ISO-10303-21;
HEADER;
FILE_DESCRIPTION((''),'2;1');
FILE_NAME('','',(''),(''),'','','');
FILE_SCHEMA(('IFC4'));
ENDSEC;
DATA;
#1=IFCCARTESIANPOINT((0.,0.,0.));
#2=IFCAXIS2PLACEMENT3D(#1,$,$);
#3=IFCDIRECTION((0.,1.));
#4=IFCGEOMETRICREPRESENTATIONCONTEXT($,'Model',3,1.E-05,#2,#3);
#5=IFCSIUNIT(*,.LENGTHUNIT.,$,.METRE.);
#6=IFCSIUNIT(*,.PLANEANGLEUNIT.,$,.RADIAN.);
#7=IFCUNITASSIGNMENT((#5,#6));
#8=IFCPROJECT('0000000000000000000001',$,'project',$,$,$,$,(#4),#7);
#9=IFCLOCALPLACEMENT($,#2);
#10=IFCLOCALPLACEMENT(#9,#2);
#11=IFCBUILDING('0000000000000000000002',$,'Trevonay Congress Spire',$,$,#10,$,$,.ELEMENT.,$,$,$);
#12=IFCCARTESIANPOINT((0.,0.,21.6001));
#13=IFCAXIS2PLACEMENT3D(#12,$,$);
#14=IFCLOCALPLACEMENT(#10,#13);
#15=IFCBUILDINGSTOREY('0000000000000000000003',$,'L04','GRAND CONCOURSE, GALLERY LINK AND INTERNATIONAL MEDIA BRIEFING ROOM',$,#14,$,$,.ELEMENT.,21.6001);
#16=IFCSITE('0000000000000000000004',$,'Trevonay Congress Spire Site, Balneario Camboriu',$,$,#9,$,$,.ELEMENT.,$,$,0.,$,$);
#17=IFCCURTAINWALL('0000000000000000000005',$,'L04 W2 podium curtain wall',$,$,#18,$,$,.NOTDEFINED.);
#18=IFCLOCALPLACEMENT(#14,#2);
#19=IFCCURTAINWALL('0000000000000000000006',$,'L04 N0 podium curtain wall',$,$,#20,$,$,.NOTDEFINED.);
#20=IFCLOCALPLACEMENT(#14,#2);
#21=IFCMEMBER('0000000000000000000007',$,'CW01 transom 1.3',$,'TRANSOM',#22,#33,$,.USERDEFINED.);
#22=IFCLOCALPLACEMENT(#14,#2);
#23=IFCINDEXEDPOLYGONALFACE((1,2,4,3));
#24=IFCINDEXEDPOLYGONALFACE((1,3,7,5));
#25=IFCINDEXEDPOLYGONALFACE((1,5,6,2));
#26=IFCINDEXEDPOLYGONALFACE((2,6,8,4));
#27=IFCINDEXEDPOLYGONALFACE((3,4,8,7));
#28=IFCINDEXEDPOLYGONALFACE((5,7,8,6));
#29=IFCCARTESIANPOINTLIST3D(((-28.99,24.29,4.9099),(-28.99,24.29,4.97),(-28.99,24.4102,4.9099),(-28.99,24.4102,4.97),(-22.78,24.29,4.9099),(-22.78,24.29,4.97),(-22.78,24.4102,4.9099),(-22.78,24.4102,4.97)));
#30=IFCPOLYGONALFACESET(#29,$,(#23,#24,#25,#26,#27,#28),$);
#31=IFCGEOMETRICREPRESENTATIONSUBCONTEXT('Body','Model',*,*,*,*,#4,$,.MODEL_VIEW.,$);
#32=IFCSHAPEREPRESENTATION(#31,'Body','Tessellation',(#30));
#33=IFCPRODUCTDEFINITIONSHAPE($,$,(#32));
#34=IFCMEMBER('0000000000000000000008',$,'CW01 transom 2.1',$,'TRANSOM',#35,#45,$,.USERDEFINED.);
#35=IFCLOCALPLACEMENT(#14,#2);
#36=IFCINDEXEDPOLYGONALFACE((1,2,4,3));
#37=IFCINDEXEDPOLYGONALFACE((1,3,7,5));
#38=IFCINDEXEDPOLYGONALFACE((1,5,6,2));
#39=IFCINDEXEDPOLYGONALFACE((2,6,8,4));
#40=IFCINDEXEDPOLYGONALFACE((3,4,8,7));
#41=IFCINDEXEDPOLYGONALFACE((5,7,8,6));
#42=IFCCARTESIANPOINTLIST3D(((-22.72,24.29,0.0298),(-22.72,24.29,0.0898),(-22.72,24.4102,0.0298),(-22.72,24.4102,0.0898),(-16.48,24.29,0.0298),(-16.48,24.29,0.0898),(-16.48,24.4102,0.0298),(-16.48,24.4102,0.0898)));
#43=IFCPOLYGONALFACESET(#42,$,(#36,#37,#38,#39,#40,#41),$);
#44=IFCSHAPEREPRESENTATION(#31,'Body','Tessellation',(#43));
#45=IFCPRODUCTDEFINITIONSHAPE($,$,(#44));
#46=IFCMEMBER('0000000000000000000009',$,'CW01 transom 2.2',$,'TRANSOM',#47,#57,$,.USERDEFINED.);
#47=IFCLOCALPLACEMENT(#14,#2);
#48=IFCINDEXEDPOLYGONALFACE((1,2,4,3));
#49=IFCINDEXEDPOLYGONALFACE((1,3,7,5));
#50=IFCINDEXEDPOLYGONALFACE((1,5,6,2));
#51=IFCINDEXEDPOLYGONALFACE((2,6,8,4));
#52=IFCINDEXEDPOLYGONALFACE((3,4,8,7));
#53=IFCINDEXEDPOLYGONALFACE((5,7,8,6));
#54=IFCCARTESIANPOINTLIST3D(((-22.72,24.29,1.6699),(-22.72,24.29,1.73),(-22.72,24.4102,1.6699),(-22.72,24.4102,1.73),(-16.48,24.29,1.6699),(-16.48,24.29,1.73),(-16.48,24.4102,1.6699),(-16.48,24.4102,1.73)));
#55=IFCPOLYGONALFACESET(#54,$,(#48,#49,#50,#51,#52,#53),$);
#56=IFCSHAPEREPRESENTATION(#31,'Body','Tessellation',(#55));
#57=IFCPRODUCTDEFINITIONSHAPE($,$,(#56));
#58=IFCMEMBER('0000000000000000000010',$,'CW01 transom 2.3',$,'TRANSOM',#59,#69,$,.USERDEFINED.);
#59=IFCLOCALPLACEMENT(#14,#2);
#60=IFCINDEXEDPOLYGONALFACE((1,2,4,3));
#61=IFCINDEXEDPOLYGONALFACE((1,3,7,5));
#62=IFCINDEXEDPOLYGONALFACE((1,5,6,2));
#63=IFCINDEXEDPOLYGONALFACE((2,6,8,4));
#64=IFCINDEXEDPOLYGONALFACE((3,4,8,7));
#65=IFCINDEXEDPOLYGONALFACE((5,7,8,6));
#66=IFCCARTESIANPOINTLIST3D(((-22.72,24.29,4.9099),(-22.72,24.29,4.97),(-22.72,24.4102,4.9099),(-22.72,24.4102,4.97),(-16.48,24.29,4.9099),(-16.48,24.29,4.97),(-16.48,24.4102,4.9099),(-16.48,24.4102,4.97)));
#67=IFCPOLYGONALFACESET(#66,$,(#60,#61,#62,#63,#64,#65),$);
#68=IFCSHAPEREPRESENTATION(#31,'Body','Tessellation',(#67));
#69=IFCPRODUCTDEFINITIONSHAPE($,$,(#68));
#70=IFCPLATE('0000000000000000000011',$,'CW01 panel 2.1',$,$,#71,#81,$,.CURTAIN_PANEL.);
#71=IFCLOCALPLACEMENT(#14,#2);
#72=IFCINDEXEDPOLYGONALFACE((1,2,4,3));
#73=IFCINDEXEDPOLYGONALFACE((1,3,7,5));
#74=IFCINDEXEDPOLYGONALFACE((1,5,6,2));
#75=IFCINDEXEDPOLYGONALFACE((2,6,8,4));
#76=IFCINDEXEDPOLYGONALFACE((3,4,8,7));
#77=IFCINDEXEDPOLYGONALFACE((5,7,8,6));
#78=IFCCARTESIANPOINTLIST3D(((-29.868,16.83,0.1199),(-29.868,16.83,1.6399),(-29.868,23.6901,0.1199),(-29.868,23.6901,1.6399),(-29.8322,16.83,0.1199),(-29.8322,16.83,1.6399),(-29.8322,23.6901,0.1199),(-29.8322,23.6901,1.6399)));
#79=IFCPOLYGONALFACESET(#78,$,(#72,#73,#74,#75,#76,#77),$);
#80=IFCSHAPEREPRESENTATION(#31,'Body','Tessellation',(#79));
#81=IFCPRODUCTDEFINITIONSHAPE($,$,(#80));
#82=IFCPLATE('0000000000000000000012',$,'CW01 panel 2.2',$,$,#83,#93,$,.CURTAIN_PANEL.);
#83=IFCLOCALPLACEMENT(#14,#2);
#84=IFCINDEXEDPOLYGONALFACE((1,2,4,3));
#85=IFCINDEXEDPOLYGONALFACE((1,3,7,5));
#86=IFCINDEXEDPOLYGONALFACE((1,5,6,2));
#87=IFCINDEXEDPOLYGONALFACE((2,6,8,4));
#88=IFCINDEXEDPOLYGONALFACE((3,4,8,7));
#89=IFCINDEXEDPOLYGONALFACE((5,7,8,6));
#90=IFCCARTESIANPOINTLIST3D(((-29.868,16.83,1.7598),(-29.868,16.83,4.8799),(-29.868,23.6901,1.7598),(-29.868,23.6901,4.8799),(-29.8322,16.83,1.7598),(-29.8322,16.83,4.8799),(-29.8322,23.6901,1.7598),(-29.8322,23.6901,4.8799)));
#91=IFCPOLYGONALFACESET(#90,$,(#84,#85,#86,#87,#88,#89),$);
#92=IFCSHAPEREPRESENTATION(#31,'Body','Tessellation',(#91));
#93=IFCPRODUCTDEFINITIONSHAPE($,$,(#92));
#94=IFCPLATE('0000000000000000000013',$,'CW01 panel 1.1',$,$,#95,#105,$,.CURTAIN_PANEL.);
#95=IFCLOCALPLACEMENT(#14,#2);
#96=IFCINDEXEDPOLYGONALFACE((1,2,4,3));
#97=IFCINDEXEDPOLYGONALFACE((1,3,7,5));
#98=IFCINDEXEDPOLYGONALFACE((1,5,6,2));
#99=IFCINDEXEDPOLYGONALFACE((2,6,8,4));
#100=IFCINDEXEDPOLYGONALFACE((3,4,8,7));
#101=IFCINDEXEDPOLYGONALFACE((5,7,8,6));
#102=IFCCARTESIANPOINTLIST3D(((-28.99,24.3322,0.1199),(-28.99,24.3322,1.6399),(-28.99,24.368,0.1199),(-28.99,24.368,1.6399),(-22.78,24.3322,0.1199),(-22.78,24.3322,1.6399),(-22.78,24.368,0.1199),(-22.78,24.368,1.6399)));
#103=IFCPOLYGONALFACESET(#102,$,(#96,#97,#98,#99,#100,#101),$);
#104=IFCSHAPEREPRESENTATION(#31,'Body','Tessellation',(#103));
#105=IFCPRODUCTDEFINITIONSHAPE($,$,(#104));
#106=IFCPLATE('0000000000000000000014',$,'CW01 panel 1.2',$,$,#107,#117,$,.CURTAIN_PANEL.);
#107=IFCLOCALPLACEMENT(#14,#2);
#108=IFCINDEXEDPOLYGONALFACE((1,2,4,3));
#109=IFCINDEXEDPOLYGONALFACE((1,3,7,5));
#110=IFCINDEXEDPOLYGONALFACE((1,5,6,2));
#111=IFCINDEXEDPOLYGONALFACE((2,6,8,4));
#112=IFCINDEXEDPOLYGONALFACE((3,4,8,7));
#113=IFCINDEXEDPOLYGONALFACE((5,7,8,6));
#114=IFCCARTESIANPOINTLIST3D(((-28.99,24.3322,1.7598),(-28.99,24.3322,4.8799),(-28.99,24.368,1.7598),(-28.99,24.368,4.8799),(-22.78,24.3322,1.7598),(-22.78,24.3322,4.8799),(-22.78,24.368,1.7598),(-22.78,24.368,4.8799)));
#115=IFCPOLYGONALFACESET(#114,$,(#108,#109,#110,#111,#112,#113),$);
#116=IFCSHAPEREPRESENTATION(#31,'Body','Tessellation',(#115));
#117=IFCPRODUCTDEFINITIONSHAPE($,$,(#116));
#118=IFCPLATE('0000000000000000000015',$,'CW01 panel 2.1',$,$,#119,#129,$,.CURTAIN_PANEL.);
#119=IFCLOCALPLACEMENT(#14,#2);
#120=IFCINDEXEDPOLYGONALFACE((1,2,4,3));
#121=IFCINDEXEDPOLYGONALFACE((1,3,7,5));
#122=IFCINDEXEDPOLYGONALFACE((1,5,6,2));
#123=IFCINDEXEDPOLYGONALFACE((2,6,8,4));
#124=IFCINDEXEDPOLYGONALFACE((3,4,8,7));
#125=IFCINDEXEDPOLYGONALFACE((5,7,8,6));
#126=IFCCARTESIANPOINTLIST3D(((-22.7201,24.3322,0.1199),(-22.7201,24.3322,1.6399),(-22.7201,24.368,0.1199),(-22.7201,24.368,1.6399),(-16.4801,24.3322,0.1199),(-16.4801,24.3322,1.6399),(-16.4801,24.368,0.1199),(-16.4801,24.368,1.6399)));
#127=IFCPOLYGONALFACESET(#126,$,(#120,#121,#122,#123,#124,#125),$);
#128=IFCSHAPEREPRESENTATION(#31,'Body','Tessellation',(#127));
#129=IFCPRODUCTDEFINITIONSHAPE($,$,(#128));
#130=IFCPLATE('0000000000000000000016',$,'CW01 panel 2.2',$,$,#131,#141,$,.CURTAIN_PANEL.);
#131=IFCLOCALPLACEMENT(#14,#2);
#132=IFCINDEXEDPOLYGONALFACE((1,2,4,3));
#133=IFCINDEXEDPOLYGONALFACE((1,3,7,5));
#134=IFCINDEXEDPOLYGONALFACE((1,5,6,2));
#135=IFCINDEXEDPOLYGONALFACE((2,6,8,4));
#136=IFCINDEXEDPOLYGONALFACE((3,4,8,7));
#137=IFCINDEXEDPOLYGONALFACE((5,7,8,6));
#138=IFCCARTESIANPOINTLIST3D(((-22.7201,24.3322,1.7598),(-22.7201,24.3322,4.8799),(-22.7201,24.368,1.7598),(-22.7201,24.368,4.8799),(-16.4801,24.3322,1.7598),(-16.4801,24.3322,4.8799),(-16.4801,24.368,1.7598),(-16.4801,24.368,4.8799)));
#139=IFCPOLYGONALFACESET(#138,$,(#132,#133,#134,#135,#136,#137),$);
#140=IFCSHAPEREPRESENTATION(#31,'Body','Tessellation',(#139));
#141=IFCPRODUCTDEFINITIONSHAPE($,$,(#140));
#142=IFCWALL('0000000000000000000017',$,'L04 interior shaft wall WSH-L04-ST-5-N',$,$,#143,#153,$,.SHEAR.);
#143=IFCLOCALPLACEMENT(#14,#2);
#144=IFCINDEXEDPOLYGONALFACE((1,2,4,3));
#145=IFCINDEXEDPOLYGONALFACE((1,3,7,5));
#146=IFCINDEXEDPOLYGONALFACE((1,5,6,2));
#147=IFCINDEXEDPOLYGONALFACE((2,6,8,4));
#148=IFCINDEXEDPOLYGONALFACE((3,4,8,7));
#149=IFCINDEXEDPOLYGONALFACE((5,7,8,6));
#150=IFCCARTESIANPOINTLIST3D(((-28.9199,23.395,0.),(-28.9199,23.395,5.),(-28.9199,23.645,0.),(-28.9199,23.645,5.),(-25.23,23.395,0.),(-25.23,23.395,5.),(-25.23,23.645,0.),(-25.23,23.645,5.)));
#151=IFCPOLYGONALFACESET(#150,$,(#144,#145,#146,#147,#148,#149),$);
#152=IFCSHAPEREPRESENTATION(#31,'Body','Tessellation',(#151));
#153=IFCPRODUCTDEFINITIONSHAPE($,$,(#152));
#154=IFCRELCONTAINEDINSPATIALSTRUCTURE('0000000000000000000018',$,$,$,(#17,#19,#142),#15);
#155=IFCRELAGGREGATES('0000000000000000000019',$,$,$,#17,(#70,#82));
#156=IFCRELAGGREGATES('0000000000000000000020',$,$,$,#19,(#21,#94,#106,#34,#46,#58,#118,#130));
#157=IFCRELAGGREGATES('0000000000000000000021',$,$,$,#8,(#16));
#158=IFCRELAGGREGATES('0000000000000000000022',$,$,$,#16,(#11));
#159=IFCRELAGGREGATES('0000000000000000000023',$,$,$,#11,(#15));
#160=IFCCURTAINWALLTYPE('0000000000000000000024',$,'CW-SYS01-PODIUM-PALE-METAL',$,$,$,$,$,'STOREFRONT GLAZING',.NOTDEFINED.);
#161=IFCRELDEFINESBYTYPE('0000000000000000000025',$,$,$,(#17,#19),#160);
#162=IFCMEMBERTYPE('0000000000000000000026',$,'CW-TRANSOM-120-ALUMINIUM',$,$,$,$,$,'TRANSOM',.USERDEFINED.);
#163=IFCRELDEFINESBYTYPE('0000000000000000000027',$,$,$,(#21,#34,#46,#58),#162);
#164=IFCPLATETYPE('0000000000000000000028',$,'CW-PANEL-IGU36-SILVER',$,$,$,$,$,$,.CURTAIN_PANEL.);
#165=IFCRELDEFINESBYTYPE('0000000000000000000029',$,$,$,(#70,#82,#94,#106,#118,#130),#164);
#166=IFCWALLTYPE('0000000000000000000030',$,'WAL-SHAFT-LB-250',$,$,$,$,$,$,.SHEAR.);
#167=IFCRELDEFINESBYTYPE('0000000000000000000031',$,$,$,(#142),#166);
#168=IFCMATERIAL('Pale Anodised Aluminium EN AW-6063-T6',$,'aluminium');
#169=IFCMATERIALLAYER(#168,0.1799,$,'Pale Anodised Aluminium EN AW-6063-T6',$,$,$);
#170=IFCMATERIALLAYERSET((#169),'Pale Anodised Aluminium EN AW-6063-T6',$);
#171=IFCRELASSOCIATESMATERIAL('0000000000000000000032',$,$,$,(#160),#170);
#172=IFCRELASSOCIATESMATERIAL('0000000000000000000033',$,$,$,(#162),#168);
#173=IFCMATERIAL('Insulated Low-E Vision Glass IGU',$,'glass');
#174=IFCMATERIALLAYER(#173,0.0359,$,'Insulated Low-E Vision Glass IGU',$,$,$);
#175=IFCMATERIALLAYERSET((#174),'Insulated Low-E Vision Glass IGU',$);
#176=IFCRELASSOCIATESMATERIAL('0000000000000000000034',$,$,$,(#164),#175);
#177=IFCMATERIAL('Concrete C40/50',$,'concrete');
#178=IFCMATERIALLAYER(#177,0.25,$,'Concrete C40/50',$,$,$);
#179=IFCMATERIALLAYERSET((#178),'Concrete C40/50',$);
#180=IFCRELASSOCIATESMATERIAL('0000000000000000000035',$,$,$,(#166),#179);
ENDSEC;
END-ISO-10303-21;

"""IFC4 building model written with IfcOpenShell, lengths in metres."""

from ifc_helpers import new_model, si_unit, direction, frame, frame_2d, origin, origin_2d, place, context, subcontext, project, spatial, rectangle, extrude, material, layer, layer_set, material_profile, profile_set, type_object, element, aggregate, save


model = new_model("IFC4")

# Units and contexts
model_context = context("Model", 3, precision=1e-05, world=origin(), true_north=direction((0.0, 1.0)))
body_context = subcontext(model_context, "Body", "Model", "MODEL_VIEW")
ifc_project = project(units=[si_unit("LENGTHUNIT", "METRE"), si_unit("PLANEANGLEUNIT", "RADIAN")], contexts=[model_context])

# Site, building, storey
site_placement = place(None, origin())
site = spatial("IfcSite", under=ifc_project, at=site_placement, Name="Trevonay Congress Spire Site, Balneario Camboriu", CompositionType="ELEMENT", RefElevation=0.0)
building_placement = place(site_placement, origin())
building = spatial("IfcBuilding", under=site, at=building_placement, Name="Trevonay Congress Spire", CompositionType="ELEMENT")
storey_placement = place(building_placement, frame((0.0, 0.0, 21.6001)))
storey = spatial("IfcBuildingStorey", under=building, at=storey_placement, Name="L04", Description="GRAND CONCOURSE, GALLERY LINK AND INTERNATIONAL MEDIA BRIEFING ROOM", CompositionType="ELEMENT", Elevation=21.6001)

# Curtain walls
ifc_material_1 = material(Name="Pale Anodised Aluminium EN AW-6063-T6", Category="aluminium")
ifc_layer_1 = layer(ifc_material_1, 0.1799, Name="Pale Anodised Aluminium EN AW-6063-T6")
ifc_layer_set_1 = layer_set([ifc_layer_1], Name="Pale Anodised Aluminium EN AW-6063-T6")
curtain_wall_type = type_object("IfcCurtainWallType", Name="CW-SYS01-PODIUM-PALE-METAL", ElementType="STOREFRONT GLAZING", PredefinedType="NOTDEFINED", material=ifc_layer_set_1)
curtain_wall_1_placement = place(storey_placement, origin())
curtain_wall_1 = element("IfcCurtainWall", 1, at=curtain_wall_1_placement, inside=storey, type_object=curtain_wall_type, Name="L04 W2 podium curtain wall", PredefinedType="NOTDEFINED")
curtain_wall_2_placement = place(storey_placement, origin())
curtain_wall_2 = element("IfcCurtainWall", 2, at=curtain_wall_2_placement, inside=storey, type_object=curtain_wall_type, Name="L04 N0 podium curtain wall", PredefinedType="NOTDEFINED")

# Members
ifc_material_profile_1 = material_profile(ifc_material_1, rectangle(XDim=0.1201, YDim=0.0601, at=origin_2d()), Name="CW-TRANSOM-120-ALUMINIUM")
ifc_profile_set_1 = profile_set([ifc_material_profile_1], Name="Pale Anodised Aluminium EN AW-6063-T6")
member_type_1 = type_object("IfcMemberType", Name="CW-TRANSOM-120-ALUMINIUM", ElementType="TRANSOM", PredefinedType="USERDEFINED", material=ifc_profile_set_1)
member_1_placement = place(storey_placement, frame((-28.99, 24.3501, 4.9399), z_axis=(1.0, 0.0, 0.0), x_axis=(0.0, 1.0, 0.0)))
member_1 = element("IfcMember", 3, at=member_1_placement, type_object=member_type_1, Name="CW01 transom 1.3", ObjectType="TRANSOM", PredefinedType="USERDEFINED", context=body_context, shape_type="SweptSolid", body=[
    extrude(rectangle(XDim=0.1201, YDim=0.0601, at=origin_2d()), origin(), (0.0, 0.0, 1.0), 6.21),
])
member_2_placement = place(storey_placement, frame((-22.72, 24.3501, 0.0598), z_axis=(1.0, 0.0, 0.0), x_axis=(0.0, 1.0, 0.0)))
member_2 = element("IfcMember", 4, at=member_2_placement, type_object=member_type_1, Name="CW01 transom 2.1", ObjectType="TRANSOM", PredefinedType="USERDEFINED", context=body_context, shape_type="SweptSolid", body=[
    extrude(rectangle(XDim=0.1201, YDim=0.0601, at=origin_2d()), origin(), (0.0, 0.0, 1.0), 6.24),
])
member_3_placement = place(storey_placement, frame((-22.72, 24.3501, 1.7), z_axis=(1.0, 0.0, 0.0), x_axis=(0.0, 1.0, 0.0)))
member_3 = element("IfcMember", 5, at=member_3_placement, type_object=member_type_1, Name="CW01 transom 2.2", ObjectType="TRANSOM", PredefinedType="USERDEFINED", context=body_context, shape_type="SweptSolid", body=[
    extrude(rectangle(XDim=0.1201, YDim=0.0601, at=origin_2d()), origin(), (0.0, 0.0, 1.0), 6.24),
])
member_4_placement = place(storey_placement, frame((-22.72, 24.3501, 4.9399), z_axis=(1.0, 0.0, 0.0), x_axis=(0.0, 1.0, 0.0)))
member_4 = element("IfcMember", 6, at=member_4_placement, type_object=member_type_1, Name="CW01 transom 2.3", ObjectType="TRANSOM", PredefinedType="USERDEFINED", context=body_context, shape_type="SweptSolid", body=[
    extrude(rectangle(XDim=0.1201, YDim=0.0601, at=origin_2d()), origin(), (0.0, 0.0, 1.0), 6.24),
])

# Plates
ifc_material_2 = material(Name="Insulated Low-E Vision Glass IGU", Category="glass")
ifc_layer_2 = layer(ifc_material_2, 0.0359, Name="Insulated Low-E Vision Glass IGU")
ifc_layer_set_2 = layer_set([ifc_layer_2], Name="Insulated Low-E Vision Glass IGU")
plate_type = type_object("IfcPlateType", Name="CW-PANEL-IGU36-SILVER", PredefinedType="CURTAIN_PANEL", material=ifc_layer_set_2)
plate_1_placement = place(storey_placement, frame((-29.8501, 20.26, 0.1199), z_axis=(0.0, 0.0, 1.0), x_axis=(0.0, 1.0, 0.0)))
plate_1 = element("IfcPlate", 7, at=plate_1_placement, type_object=plate_type, Name="CW01 panel 2.1", PredefinedType="CURTAIN_PANEL", context=body_context, shape_type="SweptSolid", body=[
    extrude(rectangle(XDim=6.8601, YDim=0.0359, at=origin_2d()), origin(), (0.0, 0.0, 1.0), 1.52),
])
plate_2_placement = place(storey_placement, frame((-29.8501, 20.26, 1.7598), z_axis=(0.0, 0.0, 1.0), x_axis=(0.0, 1.0, 0.0)))
plate_2 = element("IfcPlate", 8, at=plate_2_placement, type_object=plate_type, Name="CW01 panel 2.2", PredefinedType="CURTAIN_PANEL", context=body_context, shape_type="SweptSolid", body=[
    extrude(rectangle(XDim=6.8601, YDim=0.0359, at=origin_2d()), origin(), (0.0, 0.0, 1.0), 3.1201),
])
aggregate(curtain_wall_1, [plate_1, plate_2])
plate_3_placement = place(storey_placement, frame((-25.885, 24.3501, 0.1199), z_axis=(0.0, 0.0, 1.0), x_axis=(1.0, 0.0, 0.0)))
plate_3 = element("IfcPlate", 9, at=plate_3_placement, type_object=plate_type, Name="CW01 panel 1.1", PredefinedType="CURTAIN_PANEL", context=body_context, shape_type="SweptSolid", body=[
    extrude(rectangle(XDim=6.21, YDim=0.0359, at=origin_2d()), origin(), (0.0, 0.0, 1.0), 1.52),
])
plate_4_placement = place(storey_placement, frame((-25.885, 24.3501, 1.7598), z_axis=(0.0, 0.0, 1.0), x_axis=(1.0, 0.0, 0.0)))
plate_4 = element("IfcPlate", 10, at=plate_4_placement, type_object=plate_type, Name="CW01 panel 1.2", PredefinedType="CURTAIN_PANEL", context=body_context, shape_type="SweptSolid", body=[
    extrude(rectangle(XDim=6.21, YDim=0.0359, at=origin_2d()), origin(), (0.0, 0.0, 1.0), 3.1201),
])
plate_5_placement = place(storey_placement, frame((-19.6001, 24.3501, 0.1199), z_axis=(0.0, 0.0, 1.0), x_axis=(1.0, 0.0, 0.0)))
plate_5 = element("IfcPlate", 11, at=plate_5_placement, type_object=plate_type, Name="CW01 panel 2.1", PredefinedType="CURTAIN_PANEL", context=body_context, shape_type="SweptSolid", body=[
    extrude(rectangle(XDim=6.24, YDim=0.0359, at=origin_2d()), origin(), (0.0, 0.0, 1.0), 1.52),
])
plate_6_placement = place(storey_placement, frame((-19.6001, 24.3501, 1.7598), z_axis=(0.0, 0.0, 1.0), x_axis=(1.0, 0.0, 0.0)))
plate_6 = element("IfcPlate", 12, at=plate_6_placement, type_object=plate_type, Name="CW01 panel 2.2", PredefinedType="CURTAIN_PANEL", context=body_context, shape_type="SweptSolid", body=[
    extrude(rectangle(XDim=6.24, YDim=0.0359, at=origin_2d()), origin(), (0.0, 0.0, 1.0), 3.1201),
])
aggregate(curtain_wall_2, [member_1, plate_3, plate_4, member_2, member_3, member_4, plate_5, plate_6])

# Wall
ifc_material_3 = material(Name="Concrete C40/50", Category="concrete")
ifc_layer_3 = layer(ifc_material_3, 0.25, Name="Concrete C40/50")
ifc_layer_set_3 = layer_set([ifc_layer_3], Name="Concrete C40/50")
wall_type = type_object("IfcWallType", Name="WAL-SHAFT-LB-250", PredefinedType="SHEAR", material=ifc_layer_set_3)
wall_placement = place(storey_placement, frame((-28.9199, 23.52, 0.0), z_axis=(0.0, 0.0, 1.0), x_axis=(1.0, 0.0, 0.0)))
element("IfcWall", 13, at=wall_placement, inside=storey, type_object=wall_type, Name="L04 interior shaft wall WSH-L04-ST-5-N", PredefinedType="SHEAR", context=body_context, shape_type="SweptSolid", body=[
    extrude(rectangle(XDim=3.6899, YDim=0.25, at=frame_2d((1.845, 0.0))), origin(), (0.0, 0.0, 1.0), 5.0),
])

save(model, "model.ifc")
